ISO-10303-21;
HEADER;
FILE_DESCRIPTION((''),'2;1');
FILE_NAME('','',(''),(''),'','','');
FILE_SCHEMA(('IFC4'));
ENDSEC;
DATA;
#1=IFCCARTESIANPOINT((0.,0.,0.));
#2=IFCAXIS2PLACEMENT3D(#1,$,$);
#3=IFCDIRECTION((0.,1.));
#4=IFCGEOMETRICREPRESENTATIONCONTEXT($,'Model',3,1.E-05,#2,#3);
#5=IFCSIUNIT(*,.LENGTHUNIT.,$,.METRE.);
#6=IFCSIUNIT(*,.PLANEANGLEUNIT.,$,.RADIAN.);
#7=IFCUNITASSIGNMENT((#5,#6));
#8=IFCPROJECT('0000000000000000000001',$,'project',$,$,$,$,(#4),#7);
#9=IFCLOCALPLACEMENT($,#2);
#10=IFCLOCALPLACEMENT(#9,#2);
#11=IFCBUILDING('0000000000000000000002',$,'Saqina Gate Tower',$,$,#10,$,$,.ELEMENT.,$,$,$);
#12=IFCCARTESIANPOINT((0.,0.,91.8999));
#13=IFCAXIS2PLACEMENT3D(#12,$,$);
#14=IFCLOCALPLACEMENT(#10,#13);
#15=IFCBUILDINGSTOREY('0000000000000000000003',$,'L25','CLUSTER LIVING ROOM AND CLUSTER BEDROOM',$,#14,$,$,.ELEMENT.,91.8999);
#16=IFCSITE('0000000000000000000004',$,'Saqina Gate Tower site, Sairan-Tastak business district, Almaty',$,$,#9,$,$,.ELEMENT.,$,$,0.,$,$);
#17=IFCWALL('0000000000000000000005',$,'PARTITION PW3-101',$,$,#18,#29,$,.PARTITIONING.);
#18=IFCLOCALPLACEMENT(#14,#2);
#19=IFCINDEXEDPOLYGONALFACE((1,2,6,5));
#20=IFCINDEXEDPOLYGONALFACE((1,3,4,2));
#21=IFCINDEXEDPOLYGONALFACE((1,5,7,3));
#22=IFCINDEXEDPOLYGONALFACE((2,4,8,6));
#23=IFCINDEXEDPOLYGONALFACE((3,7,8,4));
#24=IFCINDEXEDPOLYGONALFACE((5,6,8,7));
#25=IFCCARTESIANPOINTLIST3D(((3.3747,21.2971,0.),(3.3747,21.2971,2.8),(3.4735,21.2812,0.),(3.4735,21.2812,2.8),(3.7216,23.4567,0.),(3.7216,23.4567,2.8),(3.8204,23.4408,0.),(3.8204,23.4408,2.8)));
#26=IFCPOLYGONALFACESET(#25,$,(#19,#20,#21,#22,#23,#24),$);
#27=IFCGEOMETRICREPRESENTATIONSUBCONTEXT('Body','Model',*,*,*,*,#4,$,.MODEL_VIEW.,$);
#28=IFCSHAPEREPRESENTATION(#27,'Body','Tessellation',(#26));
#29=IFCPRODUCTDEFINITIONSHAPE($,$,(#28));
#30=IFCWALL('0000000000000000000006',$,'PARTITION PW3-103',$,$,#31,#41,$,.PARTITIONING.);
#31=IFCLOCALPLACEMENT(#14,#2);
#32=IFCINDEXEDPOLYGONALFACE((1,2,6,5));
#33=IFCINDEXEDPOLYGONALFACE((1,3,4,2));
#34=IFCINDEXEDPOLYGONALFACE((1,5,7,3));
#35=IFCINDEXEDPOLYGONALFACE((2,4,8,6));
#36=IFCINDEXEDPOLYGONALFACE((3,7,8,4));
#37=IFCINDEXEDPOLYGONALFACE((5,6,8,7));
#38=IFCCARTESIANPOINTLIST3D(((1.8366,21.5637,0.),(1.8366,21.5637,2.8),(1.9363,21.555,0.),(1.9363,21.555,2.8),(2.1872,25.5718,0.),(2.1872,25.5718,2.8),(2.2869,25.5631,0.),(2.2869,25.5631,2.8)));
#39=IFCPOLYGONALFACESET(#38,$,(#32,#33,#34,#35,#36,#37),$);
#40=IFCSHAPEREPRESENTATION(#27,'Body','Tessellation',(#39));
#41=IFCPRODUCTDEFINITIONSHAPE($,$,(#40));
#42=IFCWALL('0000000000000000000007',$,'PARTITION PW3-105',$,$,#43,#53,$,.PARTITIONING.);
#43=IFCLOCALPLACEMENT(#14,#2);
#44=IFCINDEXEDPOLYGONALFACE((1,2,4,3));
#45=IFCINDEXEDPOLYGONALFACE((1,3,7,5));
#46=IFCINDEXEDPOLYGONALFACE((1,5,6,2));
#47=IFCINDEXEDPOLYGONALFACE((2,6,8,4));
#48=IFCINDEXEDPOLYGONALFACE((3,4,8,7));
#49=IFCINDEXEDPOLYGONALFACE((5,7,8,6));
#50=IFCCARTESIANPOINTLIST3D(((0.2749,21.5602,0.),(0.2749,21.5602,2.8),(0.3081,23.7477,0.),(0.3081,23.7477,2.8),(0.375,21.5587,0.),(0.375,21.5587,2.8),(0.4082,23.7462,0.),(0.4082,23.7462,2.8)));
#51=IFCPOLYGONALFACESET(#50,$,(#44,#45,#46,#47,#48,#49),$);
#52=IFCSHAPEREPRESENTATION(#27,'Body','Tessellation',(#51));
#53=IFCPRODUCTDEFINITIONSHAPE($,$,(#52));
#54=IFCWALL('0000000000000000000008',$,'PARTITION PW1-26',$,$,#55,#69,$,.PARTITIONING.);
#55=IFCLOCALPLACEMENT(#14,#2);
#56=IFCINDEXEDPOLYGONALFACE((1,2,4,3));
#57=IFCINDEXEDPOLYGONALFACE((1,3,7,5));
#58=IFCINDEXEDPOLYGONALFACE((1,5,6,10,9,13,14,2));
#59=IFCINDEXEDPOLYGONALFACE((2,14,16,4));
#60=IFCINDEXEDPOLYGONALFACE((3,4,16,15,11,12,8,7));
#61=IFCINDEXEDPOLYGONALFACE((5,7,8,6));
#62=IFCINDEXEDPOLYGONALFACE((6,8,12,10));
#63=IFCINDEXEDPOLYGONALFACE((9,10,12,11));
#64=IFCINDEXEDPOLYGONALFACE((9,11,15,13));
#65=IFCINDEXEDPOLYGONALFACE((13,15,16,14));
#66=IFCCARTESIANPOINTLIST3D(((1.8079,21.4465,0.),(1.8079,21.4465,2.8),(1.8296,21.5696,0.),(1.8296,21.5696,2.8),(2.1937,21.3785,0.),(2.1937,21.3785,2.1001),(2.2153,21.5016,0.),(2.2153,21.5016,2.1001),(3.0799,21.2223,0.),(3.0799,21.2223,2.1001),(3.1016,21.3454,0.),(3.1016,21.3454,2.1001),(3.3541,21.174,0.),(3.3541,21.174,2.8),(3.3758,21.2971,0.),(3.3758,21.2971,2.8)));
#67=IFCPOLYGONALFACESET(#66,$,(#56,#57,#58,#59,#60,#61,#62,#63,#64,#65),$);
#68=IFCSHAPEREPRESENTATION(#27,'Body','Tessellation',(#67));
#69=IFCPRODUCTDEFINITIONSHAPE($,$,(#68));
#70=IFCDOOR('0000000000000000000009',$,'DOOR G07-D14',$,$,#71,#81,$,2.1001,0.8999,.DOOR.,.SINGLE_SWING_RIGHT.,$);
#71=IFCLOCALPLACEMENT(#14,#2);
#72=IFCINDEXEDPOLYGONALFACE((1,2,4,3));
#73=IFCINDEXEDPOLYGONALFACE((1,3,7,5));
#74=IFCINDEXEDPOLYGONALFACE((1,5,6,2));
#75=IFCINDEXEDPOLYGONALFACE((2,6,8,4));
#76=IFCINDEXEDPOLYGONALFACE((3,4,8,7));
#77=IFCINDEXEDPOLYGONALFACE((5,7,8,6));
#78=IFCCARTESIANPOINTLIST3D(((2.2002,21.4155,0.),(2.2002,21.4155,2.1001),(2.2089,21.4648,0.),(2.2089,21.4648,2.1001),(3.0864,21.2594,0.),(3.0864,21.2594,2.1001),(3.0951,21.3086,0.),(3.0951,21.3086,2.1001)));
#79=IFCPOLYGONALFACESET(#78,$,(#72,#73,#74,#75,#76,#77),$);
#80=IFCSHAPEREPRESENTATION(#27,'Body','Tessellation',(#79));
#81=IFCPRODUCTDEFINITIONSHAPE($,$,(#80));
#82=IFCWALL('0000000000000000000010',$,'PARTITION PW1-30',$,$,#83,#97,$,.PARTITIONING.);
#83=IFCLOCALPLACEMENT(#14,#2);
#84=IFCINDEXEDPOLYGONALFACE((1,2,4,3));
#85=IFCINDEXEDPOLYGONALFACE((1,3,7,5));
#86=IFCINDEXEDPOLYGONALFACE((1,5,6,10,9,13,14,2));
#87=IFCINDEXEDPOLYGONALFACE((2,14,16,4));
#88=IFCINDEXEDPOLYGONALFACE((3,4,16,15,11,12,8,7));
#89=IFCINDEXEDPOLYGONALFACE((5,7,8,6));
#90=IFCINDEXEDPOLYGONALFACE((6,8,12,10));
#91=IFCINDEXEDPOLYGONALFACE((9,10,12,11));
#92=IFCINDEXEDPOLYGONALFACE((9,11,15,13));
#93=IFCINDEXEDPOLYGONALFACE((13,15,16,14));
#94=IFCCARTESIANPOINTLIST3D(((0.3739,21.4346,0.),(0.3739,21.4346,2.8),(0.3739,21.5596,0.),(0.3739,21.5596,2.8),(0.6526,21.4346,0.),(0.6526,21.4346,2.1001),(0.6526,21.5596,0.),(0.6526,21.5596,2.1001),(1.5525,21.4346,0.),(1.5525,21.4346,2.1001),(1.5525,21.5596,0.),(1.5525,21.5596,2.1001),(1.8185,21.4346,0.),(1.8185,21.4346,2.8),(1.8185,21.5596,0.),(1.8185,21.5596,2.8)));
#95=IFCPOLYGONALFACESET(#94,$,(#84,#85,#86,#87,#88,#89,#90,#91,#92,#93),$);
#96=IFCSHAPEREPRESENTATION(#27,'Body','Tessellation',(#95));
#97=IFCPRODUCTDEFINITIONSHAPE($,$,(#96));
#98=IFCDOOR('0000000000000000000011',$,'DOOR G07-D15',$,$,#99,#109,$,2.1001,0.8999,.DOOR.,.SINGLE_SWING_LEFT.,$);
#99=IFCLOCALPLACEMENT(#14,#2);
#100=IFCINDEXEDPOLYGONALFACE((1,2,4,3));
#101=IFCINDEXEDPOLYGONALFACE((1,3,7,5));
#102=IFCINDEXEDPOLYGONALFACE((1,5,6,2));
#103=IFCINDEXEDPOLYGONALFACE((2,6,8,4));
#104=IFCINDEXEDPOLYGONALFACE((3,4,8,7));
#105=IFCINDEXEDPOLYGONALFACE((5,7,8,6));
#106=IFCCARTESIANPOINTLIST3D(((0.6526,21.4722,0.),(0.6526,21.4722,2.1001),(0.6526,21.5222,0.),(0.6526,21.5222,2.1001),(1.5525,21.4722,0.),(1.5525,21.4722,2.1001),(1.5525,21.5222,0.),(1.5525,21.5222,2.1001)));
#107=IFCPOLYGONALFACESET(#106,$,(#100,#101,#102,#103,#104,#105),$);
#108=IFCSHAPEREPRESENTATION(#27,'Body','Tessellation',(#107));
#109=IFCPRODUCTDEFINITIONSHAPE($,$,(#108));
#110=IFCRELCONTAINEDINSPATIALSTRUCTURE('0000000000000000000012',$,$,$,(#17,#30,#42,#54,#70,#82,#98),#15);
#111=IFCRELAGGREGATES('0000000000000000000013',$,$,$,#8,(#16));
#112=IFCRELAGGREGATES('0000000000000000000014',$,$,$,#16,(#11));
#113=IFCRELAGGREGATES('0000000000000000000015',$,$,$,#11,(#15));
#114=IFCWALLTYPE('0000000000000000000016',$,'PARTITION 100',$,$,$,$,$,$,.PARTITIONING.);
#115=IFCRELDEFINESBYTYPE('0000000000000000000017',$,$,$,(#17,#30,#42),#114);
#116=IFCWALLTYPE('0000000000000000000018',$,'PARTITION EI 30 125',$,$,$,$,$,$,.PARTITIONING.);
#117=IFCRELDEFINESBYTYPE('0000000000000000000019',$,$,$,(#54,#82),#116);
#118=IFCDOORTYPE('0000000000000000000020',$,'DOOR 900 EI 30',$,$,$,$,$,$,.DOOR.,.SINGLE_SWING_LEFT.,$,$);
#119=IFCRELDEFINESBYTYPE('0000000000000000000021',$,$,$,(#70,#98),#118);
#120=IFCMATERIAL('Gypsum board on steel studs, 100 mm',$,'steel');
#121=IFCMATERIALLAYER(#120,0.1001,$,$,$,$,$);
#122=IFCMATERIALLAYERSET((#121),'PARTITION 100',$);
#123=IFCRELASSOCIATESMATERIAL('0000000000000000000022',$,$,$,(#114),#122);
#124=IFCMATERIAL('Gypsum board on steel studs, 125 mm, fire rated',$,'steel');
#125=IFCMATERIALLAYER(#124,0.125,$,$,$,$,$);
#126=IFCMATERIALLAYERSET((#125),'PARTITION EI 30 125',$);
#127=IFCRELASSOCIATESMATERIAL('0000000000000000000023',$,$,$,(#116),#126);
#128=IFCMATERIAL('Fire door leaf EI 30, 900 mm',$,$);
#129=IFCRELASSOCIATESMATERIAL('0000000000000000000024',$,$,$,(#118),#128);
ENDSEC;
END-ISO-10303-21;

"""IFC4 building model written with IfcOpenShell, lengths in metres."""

from ifc_helpers import new_model, si_unit, direction, frame, frame_2d, origin, place, context, subcontext, project, spatial, rectangle, extrude, material, layer, layer_set, type_object, element, fill, save


model = new_model("IFC4")

# Units and contexts
model_context = context("Model", 3, precision=1e-05, world=origin(), true_north=direction((0.0, 1.0)))
body_context = subcontext(model_context, "Body", "Model", "MODEL_VIEW")
ifc_project = project(units=[si_unit("LENGTHUNIT", "METRE"), si_unit("PLANEANGLEUNIT", "RADIAN")], contexts=[model_context])

# Site, building, storey
site_placement = place(None, origin())
site = spatial("IfcSite", under=ifc_project, at=site_placement, Name="Saqina Gate Tower site, Sairan-Tastak business district, Almaty", CompositionType="ELEMENT", RefElevation=0.0)
building_placement = place(site_placement, origin())
building = spatial("IfcBuilding", under=site, at=building_placement, Name="Saqina Gate Tower", CompositionType="ELEMENT")
storey_placement = place(building_placement, frame((0.0, 0.0, 91.8999)))
storey = spatial("IfcBuildingStorey", under=building, at=storey_placement, Name="L25", Description="CLUSTER LIVING ROOM AND CLUSTER BEDROOM", CompositionType="ELEMENT", Elevation=91.8999)

# Shared definitions
ifc_material_1 = material(Name="Gypsum board on steel studs, 100 mm", Category="steel")
ifc_layer_1 = layer(ifc_material_1, 0.1001)
ifc_layer_set_1 = layer_set([ifc_layer_1], Name="PARTITION 100")
wall_type_1 = type_object("IfcWallType", Name="PARTITION 100", PredefinedType="PARTITIONING", material=ifc_layer_set_1)

# Walls
wall_1_placement = place(storey_placement, frame((3.4241, 21.2891, 0.0), z_axis=(0.0, 0.0, 1.0), x_axis=(0.158604, 0.987342, 0.0)))
element("IfcWall", 1, at=wall_1_placement, inside=storey, type_object=wall_type_1, Name="PARTITION PW3-101", PredefinedType="PARTITIONING", context=body_context, shape_type="SweptSolid", body=[
    extrude(rectangle(XDim=2.1873, YDim=0.1001, at=frame_2d((1.0938, 0.0))), origin(), (0.0, 0.0, 1.0), 2.8),
])
wall_2_placement = place(storey_placement, frame((1.8865, 21.5593, 0.0), z_axis=(0.0, 0.0, 1.0), x_axis=(0.087138, 0.996196, 0.0)))
element("IfcWall", 2, at=wall_2_placement, inside=storey, type_object=wall_type_1, Name="PARTITION PW3-103", PredefinedType="PARTITIONING", context=body_context, shape_type="SweptSolid", body=[
    extrude(rectangle(XDim=4.0234, YDim=0.1001, at=frame_2d((2.0117, 0.0))), origin(), (0.0, 0.0, 1.0), 2.8),
])
wall_3_placement = place(storey_placement, frame((0.325, 21.5596, 0.0), z_axis=(0.0, 0.0, 1.0), x_axis=(0.015177, 0.999885, 0.0)))
element("IfcWall", 3, at=wall_3_placement, inside=storey, type_object=wall_type_1, Name="PARTITION PW3-105", PredefinedType="PARTITIONING", context=body_context, shape_type="SweptSolid", body=[
    extrude(rectangle(XDim=2.1877, YDim=0.1001, at=frame_2d((1.0938, 0.0))), origin(), (0.0, 0.0, 1.0), 2.8),
])

# Walls, openings, doors
ifc_material_2 = material(Name="Gypsum board on steel studs, 125 mm, fire rated", Category="steel")
ifc_layer_2 = layer(ifc_material_2, 0.125)
ifc_layer_set_2 = layer_set([ifc_layer_2], Name="PARTITION EI 30 125")
wall_type_2 = type_object("IfcWallType", Name="PARTITION EI 30 125", PredefinedType="PARTITIONING", material=ifc_layer_set_2)
wall_4_placement = place(storey_placement, frame((1.8186, 21.5081, 0.0), z_axis=(0.0, 0.0, 1.0), x_axis=(0.984826, -0.173546, 0.0)))
wall_4 = element("IfcWall", 4, at=wall_4_placement, inside=storey, type_object=wall_type_2, Name="PARTITION PW1-26", PredefinedType="PARTITIONING", context=body_context, shape_type="SweptSolid", body=[
    extrude(rectangle(XDim=1.5701, YDim=0.125, at=frame_2d((0.7852, 0.0))), origin(), (0.0, 0.0, 1.0), 2.8),
])
opening_1_placement = place(wall_4_placement, frame((0.3918, 0.0, 0.0)))
opening_1 = element("IfcOpeningElement", 5, at=opening_1_placement, cuts=wall_4, PredefinedType="OPENING", context=body_context, shape_type="SweptSolid", body=[
    extrude(rectangle(XDim=0.8999, YDim=2.1001, at=frame_2d((0.45, 1.05))), frame((0.0, 0.0745, 0.0), z_axis=(0.0, -1.0, 0.0), x_axis=(1.0, 0.0, 0.0)), (0.0, 0.0, 1.0), 0.1489),
])
ifc_material_3 = material(Name="Fire door leaf EI 30, 900 mm")
door_type_1 = type_object("IfcDoorType", Name="DOOR 900 EI 30", OperationType="SINGLE_SWING_LEFT", PredefinedType="DOOR", material=ifc_material_3)
door_1_placement = place(opening_1_placement, frame((0.8999, 0.0, 0.0), z_axis=(0.0, 0.0, 1.0), x_axis=(-1.0, 0.0, 0.0)))
door_1 = element("IfcDoor", 6, at=door_1_placement, inside=storey, type_object=door_type_1, Name="DOOR G07-D14", OperationType="SINGLE_SWING_RIGHT", OverallHeight=2.1001, OverallWidth=0.8999, PredefinedType="DOOR", context=body_context, shape_type="SweptSolid", body=[
    extrude(rectangle(XDim=0.8999, YDim=2.1001, at=frame_2d((0.45, 1.05))), frame((0.0, 0.0249, 0.0), z_axis=(0.0, -1.0, 0.0), x_axis=(1.0, 0.0, 0.0)), (0.0, 0.0, 1.0), 0.05),
])
fill(opening_1, door_1)
wall_5_placement = place(storey_placement, frame((0.374, 21.4971, 0.0), z_axis=(0.0, 0.0, 1.0), x_axis=(1.0, 0.0, 0.0)))
wall_5 = element("IfcWall", 7, at=wall_5_placement, inside=storey, type_object=wall_type_2, Name="PARTITION PW1-30", PredefinedType="PARTITIONING", context=body_context, shape_type="SweptSolid", body=[
    extrude(rectangle(XDim=1.4446, YDim=0.125, at=frame_2d((0.7222, 0.0))), origin(), (0.0, 0.0, 1.0), 2.8),
])
opening_2_placement = place(wall_5_placement, frame((0.2786, 0.0, 0.0)))
opening_2 = element("IfcOpeningElement", 8, at=opening_2_placement, cuts=wall_5, PredefinedType="OPENING", context=body_context, shape_type="SweptSolid", body=[
    extrude(rectangle(XDim=0.8999, YDim=2.1001, at=frame_2d((0.45, 1.05))), frame((0.0, 0.0745, 0.0), z_axis=(0.0, -1.0, 0.0), x_axis=(1.0, 0.0, 0.0)), (0.0, 0.0, 1.0), 0.1489),
])
door_2_placement = place(opening_2_placement, frame((0.8999, 0.0, 0.0), z_axis=(0.0, 0.0, 1.0), x_axis=(-1.0, 0.0, 0.0)))
door_2 = element("IfcDoor", 9, at=door_2_placement, inside=storey, type_object=door_type_1, Name="DOOR G07-D15", OperationType="SINGLE_SWING_LEFT", OverallHeight=2.1001, OverallWidth=0.8999, PredefinedType="DOOR", context=body_context, shape_type="SweptSolid", body=[
    extrude(rectangle(XDim=0.8999, YDim=2.1001, at=frame_2d((0.45, 1.05))), frame((0.0, 0.0249, 0.0), z_axis=(0.0, -1.0, 0.0), x_axis=(1.0, 0.0, 0.0)), (0.0, 0.0, 1.0), 0.05),
])
fill(opening_2, door_2)

save(model, "model.ifc")
